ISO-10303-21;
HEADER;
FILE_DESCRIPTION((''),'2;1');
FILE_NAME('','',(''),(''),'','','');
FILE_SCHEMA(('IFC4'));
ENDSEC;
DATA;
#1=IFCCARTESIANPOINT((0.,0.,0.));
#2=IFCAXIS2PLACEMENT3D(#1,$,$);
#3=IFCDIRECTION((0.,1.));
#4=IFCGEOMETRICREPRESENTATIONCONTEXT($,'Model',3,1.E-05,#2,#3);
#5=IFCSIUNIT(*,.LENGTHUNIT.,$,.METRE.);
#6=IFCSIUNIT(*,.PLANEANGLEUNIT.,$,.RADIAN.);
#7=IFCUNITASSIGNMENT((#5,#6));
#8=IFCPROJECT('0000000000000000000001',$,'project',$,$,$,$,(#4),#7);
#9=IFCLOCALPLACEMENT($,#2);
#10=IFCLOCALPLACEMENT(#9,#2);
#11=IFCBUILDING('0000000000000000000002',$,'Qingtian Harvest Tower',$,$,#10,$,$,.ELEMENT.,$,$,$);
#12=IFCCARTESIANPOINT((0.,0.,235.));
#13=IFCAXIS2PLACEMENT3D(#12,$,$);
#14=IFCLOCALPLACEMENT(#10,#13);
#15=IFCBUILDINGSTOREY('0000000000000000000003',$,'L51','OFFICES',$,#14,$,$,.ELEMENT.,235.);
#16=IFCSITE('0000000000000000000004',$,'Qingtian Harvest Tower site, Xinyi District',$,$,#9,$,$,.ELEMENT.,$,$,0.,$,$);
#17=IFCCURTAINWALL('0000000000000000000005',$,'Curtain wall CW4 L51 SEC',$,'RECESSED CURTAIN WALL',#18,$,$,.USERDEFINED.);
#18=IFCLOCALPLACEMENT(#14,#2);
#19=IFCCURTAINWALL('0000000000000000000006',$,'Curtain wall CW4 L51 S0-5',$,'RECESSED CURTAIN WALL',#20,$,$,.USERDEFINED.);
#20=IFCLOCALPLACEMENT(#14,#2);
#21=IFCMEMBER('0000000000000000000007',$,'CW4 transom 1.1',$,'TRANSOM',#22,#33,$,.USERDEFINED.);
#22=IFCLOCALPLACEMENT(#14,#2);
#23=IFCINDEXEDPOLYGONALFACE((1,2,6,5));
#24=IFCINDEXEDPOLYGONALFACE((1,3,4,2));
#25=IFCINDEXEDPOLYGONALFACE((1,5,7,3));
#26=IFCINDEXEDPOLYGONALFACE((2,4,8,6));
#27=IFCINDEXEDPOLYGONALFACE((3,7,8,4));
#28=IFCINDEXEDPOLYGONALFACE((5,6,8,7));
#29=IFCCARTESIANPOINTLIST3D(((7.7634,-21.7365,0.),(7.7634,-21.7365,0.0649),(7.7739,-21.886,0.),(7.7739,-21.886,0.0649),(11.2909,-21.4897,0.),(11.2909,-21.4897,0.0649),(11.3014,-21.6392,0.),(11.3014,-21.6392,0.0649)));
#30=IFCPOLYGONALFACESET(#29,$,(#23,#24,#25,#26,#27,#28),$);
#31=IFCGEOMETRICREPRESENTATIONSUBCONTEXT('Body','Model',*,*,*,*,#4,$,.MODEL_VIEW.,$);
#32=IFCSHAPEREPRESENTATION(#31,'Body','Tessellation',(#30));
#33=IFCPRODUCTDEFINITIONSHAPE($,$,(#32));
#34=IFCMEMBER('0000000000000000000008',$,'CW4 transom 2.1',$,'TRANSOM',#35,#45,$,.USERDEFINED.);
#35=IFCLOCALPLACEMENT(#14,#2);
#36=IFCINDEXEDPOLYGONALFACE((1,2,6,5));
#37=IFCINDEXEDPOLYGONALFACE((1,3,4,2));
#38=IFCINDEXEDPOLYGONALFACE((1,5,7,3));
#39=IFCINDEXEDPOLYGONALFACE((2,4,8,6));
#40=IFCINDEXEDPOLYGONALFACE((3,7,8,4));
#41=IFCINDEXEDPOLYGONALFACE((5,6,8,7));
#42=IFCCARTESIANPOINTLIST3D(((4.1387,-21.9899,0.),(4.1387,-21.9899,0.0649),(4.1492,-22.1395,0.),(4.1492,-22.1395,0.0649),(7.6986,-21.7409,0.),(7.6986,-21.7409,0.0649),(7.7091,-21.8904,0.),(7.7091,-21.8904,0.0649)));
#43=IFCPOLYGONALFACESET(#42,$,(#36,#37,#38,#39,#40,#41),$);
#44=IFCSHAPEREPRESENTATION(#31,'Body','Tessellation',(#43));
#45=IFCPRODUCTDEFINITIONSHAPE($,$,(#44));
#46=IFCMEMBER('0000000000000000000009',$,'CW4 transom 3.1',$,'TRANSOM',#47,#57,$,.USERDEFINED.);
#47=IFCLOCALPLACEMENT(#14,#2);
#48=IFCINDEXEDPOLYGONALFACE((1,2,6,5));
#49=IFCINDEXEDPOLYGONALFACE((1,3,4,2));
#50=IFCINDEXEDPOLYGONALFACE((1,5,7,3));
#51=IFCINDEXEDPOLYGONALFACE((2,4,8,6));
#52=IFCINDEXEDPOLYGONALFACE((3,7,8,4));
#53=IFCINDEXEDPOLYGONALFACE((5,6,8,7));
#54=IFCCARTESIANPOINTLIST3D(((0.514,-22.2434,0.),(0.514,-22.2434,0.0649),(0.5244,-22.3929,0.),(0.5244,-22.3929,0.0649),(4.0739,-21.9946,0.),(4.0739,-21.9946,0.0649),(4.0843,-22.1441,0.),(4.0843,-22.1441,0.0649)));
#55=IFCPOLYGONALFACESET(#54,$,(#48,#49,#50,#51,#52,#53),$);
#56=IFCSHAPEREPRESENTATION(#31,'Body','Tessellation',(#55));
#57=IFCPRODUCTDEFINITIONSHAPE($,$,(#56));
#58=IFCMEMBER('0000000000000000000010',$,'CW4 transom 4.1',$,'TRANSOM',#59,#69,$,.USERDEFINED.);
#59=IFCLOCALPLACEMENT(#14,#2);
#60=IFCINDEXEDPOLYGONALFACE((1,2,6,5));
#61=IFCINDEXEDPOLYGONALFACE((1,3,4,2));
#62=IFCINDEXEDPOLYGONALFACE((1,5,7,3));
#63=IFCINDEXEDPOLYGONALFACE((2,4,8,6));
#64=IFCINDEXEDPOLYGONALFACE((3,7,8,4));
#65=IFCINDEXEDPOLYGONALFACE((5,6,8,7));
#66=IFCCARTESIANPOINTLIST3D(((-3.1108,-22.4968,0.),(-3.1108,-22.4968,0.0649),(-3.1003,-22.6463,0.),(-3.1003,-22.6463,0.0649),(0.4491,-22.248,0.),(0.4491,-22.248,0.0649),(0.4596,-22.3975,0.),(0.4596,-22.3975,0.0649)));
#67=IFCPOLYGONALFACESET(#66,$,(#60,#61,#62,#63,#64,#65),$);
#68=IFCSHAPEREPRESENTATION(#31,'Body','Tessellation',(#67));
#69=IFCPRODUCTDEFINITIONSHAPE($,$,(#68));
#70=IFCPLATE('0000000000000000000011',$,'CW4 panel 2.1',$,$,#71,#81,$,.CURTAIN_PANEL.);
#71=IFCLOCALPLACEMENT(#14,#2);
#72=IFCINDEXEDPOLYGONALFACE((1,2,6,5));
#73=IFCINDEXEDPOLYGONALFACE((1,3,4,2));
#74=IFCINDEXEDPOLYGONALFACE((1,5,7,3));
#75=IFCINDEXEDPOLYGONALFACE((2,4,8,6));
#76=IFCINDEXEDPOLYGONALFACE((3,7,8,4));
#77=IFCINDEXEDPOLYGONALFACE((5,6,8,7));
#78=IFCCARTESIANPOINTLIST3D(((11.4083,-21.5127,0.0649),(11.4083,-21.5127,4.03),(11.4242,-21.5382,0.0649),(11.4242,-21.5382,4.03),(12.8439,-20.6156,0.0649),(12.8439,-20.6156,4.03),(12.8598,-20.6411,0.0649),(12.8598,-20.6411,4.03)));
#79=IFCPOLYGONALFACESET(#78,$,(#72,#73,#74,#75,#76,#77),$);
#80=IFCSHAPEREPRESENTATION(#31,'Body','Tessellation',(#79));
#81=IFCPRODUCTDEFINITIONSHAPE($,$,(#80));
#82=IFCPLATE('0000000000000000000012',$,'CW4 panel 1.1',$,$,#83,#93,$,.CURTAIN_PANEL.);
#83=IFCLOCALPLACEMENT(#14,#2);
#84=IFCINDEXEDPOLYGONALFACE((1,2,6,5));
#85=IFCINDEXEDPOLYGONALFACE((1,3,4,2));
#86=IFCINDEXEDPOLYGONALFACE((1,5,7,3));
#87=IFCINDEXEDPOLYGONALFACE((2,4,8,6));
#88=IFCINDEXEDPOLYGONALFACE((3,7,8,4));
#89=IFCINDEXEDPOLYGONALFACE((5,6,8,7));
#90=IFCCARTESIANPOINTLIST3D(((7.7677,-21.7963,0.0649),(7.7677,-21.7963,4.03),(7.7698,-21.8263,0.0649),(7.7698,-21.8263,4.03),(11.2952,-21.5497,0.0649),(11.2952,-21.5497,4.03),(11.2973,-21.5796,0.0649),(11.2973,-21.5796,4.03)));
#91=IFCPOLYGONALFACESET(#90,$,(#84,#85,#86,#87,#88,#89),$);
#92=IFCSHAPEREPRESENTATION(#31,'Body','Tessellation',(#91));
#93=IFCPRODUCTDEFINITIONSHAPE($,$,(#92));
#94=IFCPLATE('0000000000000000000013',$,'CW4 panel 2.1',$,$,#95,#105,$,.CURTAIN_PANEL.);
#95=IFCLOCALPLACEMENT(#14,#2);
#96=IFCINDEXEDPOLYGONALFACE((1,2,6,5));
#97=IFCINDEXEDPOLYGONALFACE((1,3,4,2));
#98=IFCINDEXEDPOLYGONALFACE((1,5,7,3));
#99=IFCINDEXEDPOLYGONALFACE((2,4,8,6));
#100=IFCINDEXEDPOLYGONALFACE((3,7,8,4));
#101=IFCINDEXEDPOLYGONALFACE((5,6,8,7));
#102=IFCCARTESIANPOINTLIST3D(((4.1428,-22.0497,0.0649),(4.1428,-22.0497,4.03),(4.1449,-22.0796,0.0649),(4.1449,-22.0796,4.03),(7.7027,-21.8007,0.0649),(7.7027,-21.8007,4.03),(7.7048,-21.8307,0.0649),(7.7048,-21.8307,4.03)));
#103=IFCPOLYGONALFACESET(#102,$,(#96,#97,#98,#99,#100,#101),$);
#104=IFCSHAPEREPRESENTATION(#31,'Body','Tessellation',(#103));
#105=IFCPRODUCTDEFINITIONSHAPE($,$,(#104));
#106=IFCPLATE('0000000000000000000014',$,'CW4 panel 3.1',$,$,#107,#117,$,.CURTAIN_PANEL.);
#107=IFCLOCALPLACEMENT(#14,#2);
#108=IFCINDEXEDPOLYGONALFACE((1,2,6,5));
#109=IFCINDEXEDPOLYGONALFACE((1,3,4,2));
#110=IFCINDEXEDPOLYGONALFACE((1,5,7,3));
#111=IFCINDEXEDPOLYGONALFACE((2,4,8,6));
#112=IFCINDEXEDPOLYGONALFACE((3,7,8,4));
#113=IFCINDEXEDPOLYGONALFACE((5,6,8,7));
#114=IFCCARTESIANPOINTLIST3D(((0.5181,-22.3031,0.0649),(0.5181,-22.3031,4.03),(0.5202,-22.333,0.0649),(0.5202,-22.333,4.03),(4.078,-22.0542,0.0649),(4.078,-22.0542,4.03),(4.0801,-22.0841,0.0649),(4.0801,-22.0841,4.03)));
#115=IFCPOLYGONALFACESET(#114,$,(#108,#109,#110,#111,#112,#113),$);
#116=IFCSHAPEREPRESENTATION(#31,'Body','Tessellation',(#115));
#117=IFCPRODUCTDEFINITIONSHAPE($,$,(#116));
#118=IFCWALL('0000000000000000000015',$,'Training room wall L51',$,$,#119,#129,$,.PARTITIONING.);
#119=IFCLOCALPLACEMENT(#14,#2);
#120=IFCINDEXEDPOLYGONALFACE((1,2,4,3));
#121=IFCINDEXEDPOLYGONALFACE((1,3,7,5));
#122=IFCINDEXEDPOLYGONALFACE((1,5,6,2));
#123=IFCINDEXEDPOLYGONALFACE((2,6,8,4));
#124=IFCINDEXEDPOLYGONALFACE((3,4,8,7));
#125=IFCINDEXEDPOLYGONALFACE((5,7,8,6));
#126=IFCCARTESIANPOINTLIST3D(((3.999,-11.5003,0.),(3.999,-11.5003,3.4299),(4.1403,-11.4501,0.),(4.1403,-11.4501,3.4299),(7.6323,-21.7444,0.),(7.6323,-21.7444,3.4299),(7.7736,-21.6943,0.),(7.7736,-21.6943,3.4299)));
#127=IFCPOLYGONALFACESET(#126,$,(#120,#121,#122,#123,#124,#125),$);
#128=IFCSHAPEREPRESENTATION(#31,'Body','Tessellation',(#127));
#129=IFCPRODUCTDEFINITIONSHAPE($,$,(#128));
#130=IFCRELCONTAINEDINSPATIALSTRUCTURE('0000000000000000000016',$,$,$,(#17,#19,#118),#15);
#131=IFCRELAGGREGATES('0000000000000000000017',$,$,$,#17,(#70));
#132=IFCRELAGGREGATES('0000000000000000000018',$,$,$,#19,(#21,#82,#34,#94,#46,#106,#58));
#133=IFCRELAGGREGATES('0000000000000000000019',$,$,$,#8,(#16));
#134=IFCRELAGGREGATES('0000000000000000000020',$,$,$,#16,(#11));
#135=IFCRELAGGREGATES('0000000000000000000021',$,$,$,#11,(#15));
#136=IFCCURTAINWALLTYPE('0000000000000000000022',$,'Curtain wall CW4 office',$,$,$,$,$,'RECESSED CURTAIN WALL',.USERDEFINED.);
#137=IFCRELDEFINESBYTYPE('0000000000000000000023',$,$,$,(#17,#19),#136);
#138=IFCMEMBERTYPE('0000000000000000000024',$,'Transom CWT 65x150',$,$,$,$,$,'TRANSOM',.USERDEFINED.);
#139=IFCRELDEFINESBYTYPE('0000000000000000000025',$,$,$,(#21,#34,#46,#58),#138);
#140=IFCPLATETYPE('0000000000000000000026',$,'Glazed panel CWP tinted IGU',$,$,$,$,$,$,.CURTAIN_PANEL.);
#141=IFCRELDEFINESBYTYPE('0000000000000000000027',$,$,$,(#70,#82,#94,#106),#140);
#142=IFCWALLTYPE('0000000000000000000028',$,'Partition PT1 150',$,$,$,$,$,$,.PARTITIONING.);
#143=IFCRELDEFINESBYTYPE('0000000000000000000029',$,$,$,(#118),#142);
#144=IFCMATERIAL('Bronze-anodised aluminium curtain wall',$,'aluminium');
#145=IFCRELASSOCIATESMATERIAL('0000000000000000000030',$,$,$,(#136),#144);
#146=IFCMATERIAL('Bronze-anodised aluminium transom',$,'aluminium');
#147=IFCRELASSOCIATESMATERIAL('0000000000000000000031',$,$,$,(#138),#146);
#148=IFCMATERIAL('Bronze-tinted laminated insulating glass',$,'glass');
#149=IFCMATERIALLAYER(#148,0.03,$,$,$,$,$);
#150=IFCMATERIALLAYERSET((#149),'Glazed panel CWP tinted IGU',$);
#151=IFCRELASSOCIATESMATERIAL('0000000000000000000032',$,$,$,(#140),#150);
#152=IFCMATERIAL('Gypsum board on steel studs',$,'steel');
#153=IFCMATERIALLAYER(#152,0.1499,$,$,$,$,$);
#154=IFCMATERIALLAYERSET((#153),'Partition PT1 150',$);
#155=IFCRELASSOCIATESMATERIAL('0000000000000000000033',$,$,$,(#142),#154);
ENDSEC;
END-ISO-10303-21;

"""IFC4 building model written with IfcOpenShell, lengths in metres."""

from ifc_helpers import new_model, si_unit, direction, frame, frame_2d, origin, origin_2d, place, context, subcontext, project, spatial, rectangle, extrude, material, layer, layer_set, material_profile, profile_set, type_object, element, aggregate, save


model = new_model("IFC4")

# Units and contexts
model_context = context("Model", 3, precision=1e-05, world=origin(), true_north=direction((0.0, 1.0)))
body_context = subcontext(model_context, "Body", "Model", "MODEL_VIEW")
ifc_project = project(units=[si_unit("LENGTHUNIT", "METRE"), si_unit("PLANEANGLEUNIT", "RADIAN")], contexts=[model_context])

# Site, building, storey
site_placement = place(None, origin())
site = spatial("IfcSite", under=ifc_project, at=site_placement, Name="Qingtian Harvest Tower site, Xinyi District", CompositionType="ELEMENT", RefElevation=0.0)
building_placement = place(site_placement, origin())
building = spatial("IfcBuilding", under=site, at=building_placement, Name="Qingtian Harvest Tower", CompositionType="ELEMENT")
storey_placement = place(building_placement, frame((0.0, 0.0, 235.0)))
storey = spatial("IfcBuildingStorey", under=building, at=storey_placement, Name="L51", Description="OFFICES", CompositionType="ELEMENT", Elevation=235.0)

# Curtain wall
ifc_material_1 = material(Name="Bronze-anodised aluminium curtain wall", Category="aluminium")
curtain_wall_type = type_object("IfcCurtainWallType", Name="Curtain wall CW4 office", ElementType="RECESSED CURTAIN WALL", PredefinedType="USERDEFINED", material=ifc_material_1)
curtain_wall_1_placement = place(storey_placement, origin())
curtain_wall_1 = element("IfcCurtainWall", 1, at=curtain_wall_1_placement, inside=storey, type_object=curtain_wall_type, Name="Curtain wall CW4 L51 SEC", ObjectType="RECESSED CURTAIN WALL", PredefinedType="USERDEFINED")

# Curtain wall
curtain_wall_2_placement = place(storey_placement, origin())
curtain_wall_2 = element("IfcCurtainWall", 2, at=curtain_wall_2_placement, inside=storey, type_object=curtain_wall_type, Name="Curtain wall CW4 L51 S0-5", ObjectType="RECESSED CURTAIN WALL", PredefinedType="USERDEFINED")

# Members
ifc_material_2 = material(Name="Bronze-anodised aluminium transom", Category="aluminium")
ifc_material_profile_1 = material_profile(ifc_material_2, rectangle(XDim=0.1499, YDim=0.0649, at=origin_2d()), Name="AL 65x150")
ifc_profile_set_1 = profile_set([ifc_material_profile_1], Name="Bronze-anodised aluminium transom")
member_type_1 = type_object("IfcMemberType", Name="Transom CWT 65x150", ElementType="TRANSOM", PredefinedType="USERDEFINED", material=ifc_profile_set_1)
member_1_placement = place(storey_placement, frame((11.2961, -21.5645, 0.0325), z_axis=(-0.997561, -0.0698, 0.0), x_axis=(0.0698, -0.997561, 0.0)))
member_1 = element("IfcMember", 3, at=member_1_placement, type_object=member_type_1, Name="CW4 transom 1.1", ObjectType="TRANSOM", PredefinedType="USERDEFINED", context=body_context, shape_type="SweptSolid", body=[
    extrude(rectangle(XDim=0.1499, YDim=0.0649, at=origin_2d()), origin(), (0.0, 0.0, 1.0), 3.5361),
])
member_2_placement = place(storey_placement, frame((7.7039, -21.8157, 0.0325), z_axis=(-0.997562, -0.069784, 0.0), x_axis=(0.069784, -0.997562, 0.0)))
member_2 = element("IfcMember", 4, at=member_2_placement, type_object=member_type_1, Name="CW4 transom 2.1", ObjectType="TRANSOM", PredefinedType="USERDEFINED", context=body_context, shape_type="SweptSolid", body=[
    extrude(rectangle(XDim=0.1499, YDim=0.0649, at=origin_2d()), origin(), (0.0, 0.0, 1.0), 3.5686),
])
member_3_placement = place(storey_placement, frame((4.0791, -22.0693, 0.0325), z_axis=(-0.997567, -0.069715, 0.0), x_axis=(0.069715, -0.997567, 0.0)))
member_3 = element("IfcMember", 5, at=member_3_placement, type_object=member_type_1, Name="CW4 transom 3.1", ObjectType="TRANSOM", PredefinedType="USERDEFINED", context=body_context, shape_type="SweptSolid", body=[
    extrude(rectangle(XDim=0.1499, YDim=0.0649, at=origin_2d()), origin(), (0.0, 0.0, 1.0), 3.5686),
])
member_4_placement = place(storey_placement, frame((0.4543, -22.3228, 0.0325), z_axis=(-0.997567, -0.069715, 0.0), x_axis=(0.069715, -0.997567, 0.0)))
member_4 = element("IfcMember", 6, at=member_4_placement, type_object=member_type_1, Name="CW4 transom 4.1", ObjectType="TRANSOM", PredefinedType="USERDEFINED", context=body_context, shape_type="SweptSolid", body=[
    extrude(rectangle(XDim=0.1499, YDim=0.0649, at=origin_2d()), origin(), (0.0, 0.0, 1.0), 3.5686),
])

# Plates
ifc_material_3 = material(Name="Bronze-tinted laminated insulating glass", Category="glass")
ifc_layer_1 = layer(ifc_material_3, 0.03)
ifc_layer_set_1 = layer_set([ifc_layer_1], Name="Glazed panel CWP tinted IGU")
plate_type = type_object("IfcPlateType", Name="Glazed panel CWP tinted IGU", PredefinedType="CURTAIN_PANEL", material=ifc_layer_set_1)
plate_1_placement = place(storey_placement, frame((12.134, -21.0769, 0.0649), z_axis=(0.0, 0.0, 1.0), x_axis=(-0.848048, -0.529919, 0.0)))
plate_1 = element("IfcPlate", 7, at=plate_1_placement, type_object=plate_type, Name="CW4 panel 2.1", PredefinedType="CURTAIN_PANEL", context=body_context, shape_type="SweptSolid", body=[
    extrude(rectangle(XDim=1.6929, YDim=0.03, at=origin_2d()), origin(), (0.0, 0.0, 1.0), 3.9651),
])
aggregate(curtain_wall_1, [plate_1])
plate_2_placement = place(storey_placement, frame((9.5325, -21.688, 0.0649), z_axis=(0.0, 0.0, 1.0), x_axis=(-0.997564, -0.069756, 0.0)))
plate_2 = element("IfcPlate", 8, at=plate_2_placement, type_object=plate_type, Name="CW4 panel 1.1", PredefinedType="CURTAIN_PANEL", context=body_context, shape_type="SweptSolid", body=[
    extrude(rectangle(XDim=3.5361, YDim=0.03, at=origin_2d()), origin(), (0.0, 0.0, 1.0), 3.9651),
])
plate_3_placement = place(storey_placement, frame((5.9238, -21.9402, 0.0649), z_axis=(0.0, 0.0, 1.0), x_axis=(-0.997564, -0.069756, 0.0)))
plate_3 = element("IfcPlate", 9, at=plate_3_placement, type_object=plate_type, Name="CW4 panel 2.1", PredefinedType="CURTAIN_PANEL", context=body_context, shape_type="SweptSolid", body=[
    extrude(rectangle(XDim=3.5686, YDim=0.03, at=origin_2d()), origin(), (0.0, 0.0, 1.0), 3.9651),
])
plate_4_placement = place(storey_placement, frame((2.2991, -22.1936, 0.0649), z_axis=(0.0, 0.0, 1.0), x_axis=(-0.997564, -0.069756, 0.0)))
plate_4 = element("IfcPlate", 10, at=plate_4_placement, type_object=plate_type, Name="CW4 panel 3.1", PredefinedType="CURTAIN_PANEL", context=body_context, shape_type="SweptSolid", body=[
    extrude(rectangle(XDim=3.5686, YDim=0.03, at=origin_2d()), origin(), (0.0, 0.0, 1.0), 3.9651),
])
aggregate(curtain_wall_2, [member_1, plate_2, member_2, plate_3, member_3, plate_4, member_4])

# Wall
ifc_material_4 = material(Name="Gypsum board on steel studs", Category="steel")
ifc_layer_2 = layer(ifc_material_4, 0.1499)
ifc_layer_set_2 = layer_set([ifc_layer_2], Name="Partition PT1 150")
wall_type = type_object("IfcWallType", Name="Partition PT1 150", PredefinedType="PARTITIONING", material=ifc_layer_set_2)
wall_1_placement = place(storey_placement, frame((7.7029, -21.7192, 0.0), z_axis=(0.0, 0.0, 1.0), x_axis=(-0.33427, 0.942478, 0.0)))
element("IfcWall", 11, at=wall_1_placement, inside=storey, type_object=wall_type, Name="Training room wall L51", PredefinedType="PARTITIONING", context=body_context, shape_type="SweptSolid", body=[
    extrude(rectangle(XDim=10.8694, YDim=0.1499, at=frame_2d((5.4346, 0.0))), origin(), (0.0, 0.0, 1.0), 3.4299),
])

save(model, "model.ifc")
